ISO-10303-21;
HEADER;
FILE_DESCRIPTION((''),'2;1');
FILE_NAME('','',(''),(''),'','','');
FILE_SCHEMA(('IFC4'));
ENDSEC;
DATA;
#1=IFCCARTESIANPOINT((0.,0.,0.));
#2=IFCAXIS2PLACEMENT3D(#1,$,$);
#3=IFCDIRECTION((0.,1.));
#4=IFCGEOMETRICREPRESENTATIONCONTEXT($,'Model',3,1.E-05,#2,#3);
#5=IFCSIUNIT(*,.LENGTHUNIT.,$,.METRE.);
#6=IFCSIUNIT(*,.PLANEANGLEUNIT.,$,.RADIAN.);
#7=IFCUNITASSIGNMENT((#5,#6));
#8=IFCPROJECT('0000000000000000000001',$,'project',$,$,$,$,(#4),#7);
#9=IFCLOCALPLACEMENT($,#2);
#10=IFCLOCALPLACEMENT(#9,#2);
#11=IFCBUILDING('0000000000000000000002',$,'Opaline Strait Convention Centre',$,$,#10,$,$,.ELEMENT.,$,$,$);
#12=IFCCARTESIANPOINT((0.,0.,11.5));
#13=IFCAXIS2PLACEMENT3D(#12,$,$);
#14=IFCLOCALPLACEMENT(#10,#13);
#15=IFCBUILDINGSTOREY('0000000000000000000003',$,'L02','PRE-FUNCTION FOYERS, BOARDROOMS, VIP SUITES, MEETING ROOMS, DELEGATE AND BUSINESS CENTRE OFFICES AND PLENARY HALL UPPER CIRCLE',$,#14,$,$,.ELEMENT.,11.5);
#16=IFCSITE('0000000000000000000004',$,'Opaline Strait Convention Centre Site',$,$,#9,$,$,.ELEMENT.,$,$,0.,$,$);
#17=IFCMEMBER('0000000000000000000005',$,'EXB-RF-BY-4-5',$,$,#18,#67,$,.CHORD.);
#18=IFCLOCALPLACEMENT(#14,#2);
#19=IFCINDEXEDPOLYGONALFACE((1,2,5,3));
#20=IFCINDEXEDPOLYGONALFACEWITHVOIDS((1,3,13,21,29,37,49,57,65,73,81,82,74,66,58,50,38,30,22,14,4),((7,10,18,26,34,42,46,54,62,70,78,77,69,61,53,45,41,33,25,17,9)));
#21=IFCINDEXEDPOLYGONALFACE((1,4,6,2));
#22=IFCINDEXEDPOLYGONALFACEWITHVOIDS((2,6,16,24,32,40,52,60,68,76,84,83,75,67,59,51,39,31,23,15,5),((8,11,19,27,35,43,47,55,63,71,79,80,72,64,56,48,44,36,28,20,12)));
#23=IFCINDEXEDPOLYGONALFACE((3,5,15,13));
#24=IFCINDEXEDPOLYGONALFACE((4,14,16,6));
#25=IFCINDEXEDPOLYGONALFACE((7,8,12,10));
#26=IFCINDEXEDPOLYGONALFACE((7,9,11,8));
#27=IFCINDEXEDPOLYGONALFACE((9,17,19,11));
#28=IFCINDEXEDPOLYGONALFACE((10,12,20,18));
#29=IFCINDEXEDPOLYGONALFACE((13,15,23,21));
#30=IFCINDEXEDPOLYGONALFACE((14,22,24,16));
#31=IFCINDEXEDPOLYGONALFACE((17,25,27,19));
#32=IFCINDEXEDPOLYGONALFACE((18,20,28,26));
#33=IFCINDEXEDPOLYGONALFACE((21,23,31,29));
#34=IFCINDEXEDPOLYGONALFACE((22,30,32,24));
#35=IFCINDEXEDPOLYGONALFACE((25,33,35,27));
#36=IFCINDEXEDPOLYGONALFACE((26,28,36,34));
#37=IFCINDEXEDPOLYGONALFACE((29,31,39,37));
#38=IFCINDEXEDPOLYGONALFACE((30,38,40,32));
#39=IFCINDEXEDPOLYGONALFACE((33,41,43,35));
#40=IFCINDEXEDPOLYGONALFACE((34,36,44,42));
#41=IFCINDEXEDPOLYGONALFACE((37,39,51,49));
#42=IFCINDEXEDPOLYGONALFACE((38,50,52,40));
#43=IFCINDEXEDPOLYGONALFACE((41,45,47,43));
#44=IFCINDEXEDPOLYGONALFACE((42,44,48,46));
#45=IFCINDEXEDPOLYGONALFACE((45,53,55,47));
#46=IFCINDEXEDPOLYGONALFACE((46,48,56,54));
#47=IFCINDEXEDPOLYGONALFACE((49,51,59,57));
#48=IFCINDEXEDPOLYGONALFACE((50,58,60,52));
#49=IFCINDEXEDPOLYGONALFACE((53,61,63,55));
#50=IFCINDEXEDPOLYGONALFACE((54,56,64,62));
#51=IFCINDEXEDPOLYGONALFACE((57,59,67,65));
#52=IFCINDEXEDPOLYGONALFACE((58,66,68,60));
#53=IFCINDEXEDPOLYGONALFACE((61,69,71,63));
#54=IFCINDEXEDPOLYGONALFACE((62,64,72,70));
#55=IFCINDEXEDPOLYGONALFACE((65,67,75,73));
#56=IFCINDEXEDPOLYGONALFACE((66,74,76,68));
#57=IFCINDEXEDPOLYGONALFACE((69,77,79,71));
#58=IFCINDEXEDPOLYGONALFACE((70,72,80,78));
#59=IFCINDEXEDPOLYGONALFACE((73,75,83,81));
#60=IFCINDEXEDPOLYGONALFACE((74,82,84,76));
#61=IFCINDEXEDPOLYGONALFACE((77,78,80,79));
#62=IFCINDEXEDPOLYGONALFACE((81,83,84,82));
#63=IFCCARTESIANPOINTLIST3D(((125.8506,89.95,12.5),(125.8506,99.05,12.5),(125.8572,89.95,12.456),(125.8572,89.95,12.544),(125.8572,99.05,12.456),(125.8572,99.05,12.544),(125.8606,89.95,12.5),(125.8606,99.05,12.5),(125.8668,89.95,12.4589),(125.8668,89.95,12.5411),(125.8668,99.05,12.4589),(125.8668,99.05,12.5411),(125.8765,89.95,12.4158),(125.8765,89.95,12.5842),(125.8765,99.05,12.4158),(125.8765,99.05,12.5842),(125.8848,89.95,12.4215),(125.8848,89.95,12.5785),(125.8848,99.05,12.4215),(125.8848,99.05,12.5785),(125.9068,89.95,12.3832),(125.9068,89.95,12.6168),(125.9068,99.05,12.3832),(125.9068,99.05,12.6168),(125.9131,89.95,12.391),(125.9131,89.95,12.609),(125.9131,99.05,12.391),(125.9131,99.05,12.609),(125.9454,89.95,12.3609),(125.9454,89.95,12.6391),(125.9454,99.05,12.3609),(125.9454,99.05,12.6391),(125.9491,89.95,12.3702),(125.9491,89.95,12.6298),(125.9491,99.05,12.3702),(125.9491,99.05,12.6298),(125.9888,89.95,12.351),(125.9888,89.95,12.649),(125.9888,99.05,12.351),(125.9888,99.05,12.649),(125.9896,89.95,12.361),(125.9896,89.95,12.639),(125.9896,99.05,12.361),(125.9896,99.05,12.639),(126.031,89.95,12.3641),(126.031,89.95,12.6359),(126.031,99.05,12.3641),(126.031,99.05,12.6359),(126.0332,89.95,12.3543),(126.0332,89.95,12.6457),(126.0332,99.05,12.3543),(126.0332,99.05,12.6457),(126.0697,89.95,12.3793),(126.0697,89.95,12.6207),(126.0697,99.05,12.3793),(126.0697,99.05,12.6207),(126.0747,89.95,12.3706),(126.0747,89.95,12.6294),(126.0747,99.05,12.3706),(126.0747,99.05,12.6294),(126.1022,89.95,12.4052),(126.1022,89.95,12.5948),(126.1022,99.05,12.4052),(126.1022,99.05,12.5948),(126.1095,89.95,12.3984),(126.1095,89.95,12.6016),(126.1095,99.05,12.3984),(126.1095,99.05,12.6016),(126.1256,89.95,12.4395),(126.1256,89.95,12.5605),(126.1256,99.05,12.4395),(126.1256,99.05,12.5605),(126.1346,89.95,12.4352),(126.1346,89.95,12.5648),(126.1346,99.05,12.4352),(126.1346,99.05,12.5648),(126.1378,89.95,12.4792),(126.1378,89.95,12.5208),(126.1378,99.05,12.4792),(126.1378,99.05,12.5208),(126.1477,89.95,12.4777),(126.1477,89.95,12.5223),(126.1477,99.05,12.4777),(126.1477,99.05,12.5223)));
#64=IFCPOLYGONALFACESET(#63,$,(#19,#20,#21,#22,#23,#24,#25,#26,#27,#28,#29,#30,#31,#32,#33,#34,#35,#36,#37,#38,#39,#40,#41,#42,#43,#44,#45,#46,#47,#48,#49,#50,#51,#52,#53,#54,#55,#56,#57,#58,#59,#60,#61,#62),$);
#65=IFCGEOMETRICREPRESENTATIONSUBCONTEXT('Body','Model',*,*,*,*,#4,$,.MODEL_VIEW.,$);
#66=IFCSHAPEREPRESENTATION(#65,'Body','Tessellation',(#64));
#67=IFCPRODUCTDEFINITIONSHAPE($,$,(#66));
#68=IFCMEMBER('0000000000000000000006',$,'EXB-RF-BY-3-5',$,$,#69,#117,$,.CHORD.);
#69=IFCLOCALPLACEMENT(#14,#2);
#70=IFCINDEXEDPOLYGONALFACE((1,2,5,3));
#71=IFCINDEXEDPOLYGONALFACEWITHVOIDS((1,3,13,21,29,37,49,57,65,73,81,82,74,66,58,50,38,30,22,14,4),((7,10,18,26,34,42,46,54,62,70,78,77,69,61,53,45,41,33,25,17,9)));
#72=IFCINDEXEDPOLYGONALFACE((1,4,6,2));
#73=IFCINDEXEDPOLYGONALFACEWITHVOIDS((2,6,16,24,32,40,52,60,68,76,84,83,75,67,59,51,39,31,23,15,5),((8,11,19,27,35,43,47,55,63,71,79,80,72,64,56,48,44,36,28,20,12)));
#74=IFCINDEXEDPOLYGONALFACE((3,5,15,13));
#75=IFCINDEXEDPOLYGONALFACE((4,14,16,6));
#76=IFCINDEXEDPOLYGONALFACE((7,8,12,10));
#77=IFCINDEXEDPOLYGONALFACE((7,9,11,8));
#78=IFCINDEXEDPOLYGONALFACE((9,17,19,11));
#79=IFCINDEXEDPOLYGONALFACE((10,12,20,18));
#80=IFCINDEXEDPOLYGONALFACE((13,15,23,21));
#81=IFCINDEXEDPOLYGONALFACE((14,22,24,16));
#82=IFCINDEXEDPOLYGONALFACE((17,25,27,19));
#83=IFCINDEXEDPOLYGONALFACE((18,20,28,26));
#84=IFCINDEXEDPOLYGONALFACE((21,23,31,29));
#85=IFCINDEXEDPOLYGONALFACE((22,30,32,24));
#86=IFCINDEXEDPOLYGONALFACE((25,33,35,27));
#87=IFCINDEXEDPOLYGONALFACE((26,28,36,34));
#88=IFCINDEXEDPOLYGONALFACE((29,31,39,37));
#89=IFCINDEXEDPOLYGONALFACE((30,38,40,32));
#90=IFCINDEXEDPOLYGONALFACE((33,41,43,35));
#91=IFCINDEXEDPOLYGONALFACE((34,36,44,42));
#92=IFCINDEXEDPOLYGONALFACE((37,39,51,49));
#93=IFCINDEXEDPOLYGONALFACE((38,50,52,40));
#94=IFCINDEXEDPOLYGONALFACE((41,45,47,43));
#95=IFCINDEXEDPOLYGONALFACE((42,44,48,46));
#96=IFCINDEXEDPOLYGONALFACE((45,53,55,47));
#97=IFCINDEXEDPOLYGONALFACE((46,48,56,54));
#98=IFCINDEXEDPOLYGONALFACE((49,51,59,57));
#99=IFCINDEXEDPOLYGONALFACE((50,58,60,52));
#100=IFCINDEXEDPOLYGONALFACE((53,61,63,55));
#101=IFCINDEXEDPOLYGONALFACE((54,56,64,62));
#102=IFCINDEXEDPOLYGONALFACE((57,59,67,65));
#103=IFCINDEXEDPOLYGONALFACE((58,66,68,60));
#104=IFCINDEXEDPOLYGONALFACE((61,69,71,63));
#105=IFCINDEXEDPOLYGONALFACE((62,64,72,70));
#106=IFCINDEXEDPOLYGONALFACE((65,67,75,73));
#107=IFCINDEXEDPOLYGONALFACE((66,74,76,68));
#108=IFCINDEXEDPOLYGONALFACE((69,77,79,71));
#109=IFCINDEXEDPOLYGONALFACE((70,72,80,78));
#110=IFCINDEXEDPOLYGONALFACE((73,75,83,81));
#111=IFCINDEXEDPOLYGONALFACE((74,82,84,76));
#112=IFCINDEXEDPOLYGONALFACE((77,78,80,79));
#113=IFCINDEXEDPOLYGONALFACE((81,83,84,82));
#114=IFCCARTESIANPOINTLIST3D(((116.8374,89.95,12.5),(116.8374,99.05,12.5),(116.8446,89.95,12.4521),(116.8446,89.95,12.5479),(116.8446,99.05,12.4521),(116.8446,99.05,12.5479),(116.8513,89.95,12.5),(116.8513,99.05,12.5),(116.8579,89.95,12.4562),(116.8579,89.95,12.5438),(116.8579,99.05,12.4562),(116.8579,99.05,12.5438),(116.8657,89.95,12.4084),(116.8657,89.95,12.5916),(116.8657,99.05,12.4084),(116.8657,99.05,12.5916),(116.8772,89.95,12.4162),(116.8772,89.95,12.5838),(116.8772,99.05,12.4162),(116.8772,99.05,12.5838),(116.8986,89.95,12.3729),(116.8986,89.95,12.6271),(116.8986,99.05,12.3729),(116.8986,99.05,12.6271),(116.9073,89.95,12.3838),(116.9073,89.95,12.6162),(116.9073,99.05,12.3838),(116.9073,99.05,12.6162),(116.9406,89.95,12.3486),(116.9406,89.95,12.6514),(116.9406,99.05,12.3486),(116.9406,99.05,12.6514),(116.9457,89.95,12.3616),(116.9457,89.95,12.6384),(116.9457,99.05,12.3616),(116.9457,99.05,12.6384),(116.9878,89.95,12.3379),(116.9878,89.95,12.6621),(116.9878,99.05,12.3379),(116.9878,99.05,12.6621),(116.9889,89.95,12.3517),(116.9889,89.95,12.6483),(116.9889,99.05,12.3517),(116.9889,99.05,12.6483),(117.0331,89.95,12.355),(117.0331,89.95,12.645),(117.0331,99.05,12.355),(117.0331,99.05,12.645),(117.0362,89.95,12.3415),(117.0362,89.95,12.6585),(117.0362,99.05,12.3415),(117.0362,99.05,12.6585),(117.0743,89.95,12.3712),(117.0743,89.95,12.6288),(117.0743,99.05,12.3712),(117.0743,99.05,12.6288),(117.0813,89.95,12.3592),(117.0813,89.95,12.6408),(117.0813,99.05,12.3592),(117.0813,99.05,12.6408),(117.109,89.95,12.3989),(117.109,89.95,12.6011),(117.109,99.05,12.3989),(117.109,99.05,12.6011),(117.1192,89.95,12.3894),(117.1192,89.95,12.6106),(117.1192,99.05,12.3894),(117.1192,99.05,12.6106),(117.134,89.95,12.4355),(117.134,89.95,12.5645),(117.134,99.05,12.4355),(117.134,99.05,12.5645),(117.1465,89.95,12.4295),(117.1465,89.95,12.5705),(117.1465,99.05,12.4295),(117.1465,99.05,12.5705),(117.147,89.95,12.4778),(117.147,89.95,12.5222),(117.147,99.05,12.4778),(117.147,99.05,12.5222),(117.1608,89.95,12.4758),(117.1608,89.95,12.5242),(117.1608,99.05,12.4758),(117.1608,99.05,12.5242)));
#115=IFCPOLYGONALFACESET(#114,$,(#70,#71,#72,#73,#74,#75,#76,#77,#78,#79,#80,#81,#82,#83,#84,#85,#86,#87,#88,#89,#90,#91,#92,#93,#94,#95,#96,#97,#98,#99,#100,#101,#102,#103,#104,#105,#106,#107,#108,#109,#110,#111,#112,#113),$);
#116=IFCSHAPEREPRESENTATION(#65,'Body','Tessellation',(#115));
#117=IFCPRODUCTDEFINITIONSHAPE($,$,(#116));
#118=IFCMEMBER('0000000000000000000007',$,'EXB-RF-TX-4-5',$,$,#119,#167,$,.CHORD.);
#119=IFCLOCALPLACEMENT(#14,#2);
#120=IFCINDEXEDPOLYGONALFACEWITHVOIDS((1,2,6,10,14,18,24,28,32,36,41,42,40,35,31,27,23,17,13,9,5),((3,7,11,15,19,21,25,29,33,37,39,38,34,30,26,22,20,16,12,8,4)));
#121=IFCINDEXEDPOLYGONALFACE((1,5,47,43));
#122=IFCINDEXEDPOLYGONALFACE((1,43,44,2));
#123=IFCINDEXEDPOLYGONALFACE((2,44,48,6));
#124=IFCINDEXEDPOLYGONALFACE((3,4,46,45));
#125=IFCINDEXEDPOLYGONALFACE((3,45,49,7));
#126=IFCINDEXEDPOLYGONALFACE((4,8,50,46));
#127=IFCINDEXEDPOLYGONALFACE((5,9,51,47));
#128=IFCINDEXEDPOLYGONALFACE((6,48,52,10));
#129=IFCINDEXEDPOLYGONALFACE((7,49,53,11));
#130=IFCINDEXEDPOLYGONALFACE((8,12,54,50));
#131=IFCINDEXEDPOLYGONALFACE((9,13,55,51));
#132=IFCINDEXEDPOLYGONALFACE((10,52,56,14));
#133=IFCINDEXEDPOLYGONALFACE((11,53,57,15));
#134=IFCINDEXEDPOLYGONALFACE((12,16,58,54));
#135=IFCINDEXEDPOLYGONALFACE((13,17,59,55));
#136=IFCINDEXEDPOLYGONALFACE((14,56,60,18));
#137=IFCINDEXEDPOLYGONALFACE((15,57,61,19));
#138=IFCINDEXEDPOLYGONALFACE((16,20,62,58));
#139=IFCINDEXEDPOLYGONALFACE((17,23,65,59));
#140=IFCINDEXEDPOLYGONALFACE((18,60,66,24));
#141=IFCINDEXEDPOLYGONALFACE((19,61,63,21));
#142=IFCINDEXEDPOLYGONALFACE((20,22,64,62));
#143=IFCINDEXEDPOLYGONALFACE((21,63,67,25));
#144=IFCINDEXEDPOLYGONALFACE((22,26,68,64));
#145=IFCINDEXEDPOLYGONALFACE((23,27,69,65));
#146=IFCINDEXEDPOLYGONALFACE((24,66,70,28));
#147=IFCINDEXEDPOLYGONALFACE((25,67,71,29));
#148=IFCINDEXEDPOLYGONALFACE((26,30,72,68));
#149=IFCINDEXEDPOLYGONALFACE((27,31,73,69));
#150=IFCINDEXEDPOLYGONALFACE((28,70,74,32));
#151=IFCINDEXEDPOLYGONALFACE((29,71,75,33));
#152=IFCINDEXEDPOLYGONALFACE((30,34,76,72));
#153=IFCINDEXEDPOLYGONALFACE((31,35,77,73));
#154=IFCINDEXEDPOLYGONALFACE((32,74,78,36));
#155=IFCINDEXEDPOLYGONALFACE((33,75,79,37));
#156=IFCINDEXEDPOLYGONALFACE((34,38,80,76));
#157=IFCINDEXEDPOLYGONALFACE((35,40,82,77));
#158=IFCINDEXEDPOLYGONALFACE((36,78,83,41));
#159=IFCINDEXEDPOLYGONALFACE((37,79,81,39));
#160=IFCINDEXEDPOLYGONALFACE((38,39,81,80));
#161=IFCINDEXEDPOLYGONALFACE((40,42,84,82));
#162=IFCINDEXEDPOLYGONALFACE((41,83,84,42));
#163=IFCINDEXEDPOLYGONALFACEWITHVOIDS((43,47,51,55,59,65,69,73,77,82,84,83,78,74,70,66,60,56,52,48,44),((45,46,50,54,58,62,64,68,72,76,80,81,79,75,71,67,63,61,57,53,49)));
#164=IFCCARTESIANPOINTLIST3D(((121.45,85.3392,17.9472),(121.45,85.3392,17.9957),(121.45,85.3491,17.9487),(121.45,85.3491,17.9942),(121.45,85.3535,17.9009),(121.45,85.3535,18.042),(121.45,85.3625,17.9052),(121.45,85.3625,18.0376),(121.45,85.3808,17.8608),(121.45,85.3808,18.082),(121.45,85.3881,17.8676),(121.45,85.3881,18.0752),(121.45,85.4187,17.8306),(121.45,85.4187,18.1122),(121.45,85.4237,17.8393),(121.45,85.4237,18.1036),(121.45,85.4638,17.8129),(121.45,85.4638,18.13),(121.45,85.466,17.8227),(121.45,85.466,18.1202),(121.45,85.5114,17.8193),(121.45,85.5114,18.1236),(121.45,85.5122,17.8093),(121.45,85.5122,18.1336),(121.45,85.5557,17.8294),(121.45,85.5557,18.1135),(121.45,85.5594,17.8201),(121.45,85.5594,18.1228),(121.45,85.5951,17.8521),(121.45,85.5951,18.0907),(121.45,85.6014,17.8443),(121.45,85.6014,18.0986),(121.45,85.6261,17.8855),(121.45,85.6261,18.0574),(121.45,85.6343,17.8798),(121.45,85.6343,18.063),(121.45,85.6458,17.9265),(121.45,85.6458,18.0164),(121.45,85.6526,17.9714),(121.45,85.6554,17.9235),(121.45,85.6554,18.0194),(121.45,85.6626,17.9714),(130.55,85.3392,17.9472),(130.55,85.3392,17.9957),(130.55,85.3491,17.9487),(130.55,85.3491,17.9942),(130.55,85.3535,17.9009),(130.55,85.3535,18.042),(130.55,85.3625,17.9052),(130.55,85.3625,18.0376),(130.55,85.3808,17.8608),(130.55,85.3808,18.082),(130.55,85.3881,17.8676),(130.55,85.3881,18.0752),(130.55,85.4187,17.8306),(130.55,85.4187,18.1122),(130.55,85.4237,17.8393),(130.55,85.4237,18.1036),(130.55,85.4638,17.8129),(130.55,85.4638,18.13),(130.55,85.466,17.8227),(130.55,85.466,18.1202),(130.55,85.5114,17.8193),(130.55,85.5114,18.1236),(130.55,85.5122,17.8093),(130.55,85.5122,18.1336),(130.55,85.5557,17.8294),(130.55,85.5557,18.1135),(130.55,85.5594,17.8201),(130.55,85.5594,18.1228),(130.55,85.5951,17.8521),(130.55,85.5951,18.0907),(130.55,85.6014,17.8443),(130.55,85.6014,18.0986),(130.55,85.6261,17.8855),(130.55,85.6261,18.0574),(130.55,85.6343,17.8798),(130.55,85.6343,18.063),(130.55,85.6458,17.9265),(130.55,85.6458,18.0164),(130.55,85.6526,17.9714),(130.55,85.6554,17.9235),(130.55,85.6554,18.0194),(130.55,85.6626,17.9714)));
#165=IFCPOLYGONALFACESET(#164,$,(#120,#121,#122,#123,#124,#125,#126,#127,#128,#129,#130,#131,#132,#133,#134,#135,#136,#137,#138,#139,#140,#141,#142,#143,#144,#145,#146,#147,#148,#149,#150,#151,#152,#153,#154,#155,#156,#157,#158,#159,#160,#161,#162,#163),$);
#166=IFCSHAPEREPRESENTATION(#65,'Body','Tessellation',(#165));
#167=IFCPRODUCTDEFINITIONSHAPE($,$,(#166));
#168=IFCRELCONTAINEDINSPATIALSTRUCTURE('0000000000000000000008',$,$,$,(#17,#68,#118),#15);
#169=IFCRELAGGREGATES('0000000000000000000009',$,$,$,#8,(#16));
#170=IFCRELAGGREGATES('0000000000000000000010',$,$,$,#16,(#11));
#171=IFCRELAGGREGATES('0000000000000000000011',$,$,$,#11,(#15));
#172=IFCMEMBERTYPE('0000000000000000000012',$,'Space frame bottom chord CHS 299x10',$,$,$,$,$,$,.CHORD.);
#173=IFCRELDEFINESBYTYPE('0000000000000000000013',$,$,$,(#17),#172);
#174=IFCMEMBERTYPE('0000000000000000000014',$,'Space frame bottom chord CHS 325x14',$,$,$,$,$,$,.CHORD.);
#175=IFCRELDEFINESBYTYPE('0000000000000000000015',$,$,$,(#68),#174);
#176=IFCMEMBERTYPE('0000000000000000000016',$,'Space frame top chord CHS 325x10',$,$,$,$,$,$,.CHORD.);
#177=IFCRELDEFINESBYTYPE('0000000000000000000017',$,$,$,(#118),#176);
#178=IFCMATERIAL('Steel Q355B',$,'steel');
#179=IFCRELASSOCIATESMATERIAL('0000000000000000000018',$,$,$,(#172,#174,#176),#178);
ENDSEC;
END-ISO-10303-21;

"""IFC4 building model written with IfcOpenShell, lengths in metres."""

from ifc_helpers import new_model, si_unit, direction, frame, origin, origin_2d, place, context, subcontext, project, spatial, hollow_circle, extrude, material, material_profile, profile_set, type_object, element, save


model = new_model("IFC4")

# Units and contexts
model_context = context("Model", 3, precision=1e-05, world=origin(), true_north=direction((0.0, 1.0)))
body_context = subcontext(model_context, "Body", "Model", "MODEL_VIEW")
ifc_project = project(units=[si_unit("LENGTHUNIT", "METRE"), si_unit("PLANEANGLEUNIT", "RADIAN")], contexts=[model_context])

# Site, building, storey
site_placement = place(None, origin())
site = spatial("IfcSite", under=ifc_project, at=site_placement, Name="Opaline Strait Convention Centre Site", CompositionType="ELEMENT", RefElevation=0.0)
building_placement = place(site_placement, origin())
building = spatial("IfcBuilding", under=site, at=building_placement, Name="Opaline Strait Convention Centre", CompositionType="ELEMENT")
storey_placement = place(building_placement, frame((0.0, 0.0, 11.5)))
storey = spatial("IfcBuildingStorey", under=building, at=storey_placement, Name="L02", Description="PRE-FUNCTION FOYERS, BOARDROOMS, VIP SUITES, MEETING ROOMS, DELEGATE AND BUSINESS CENTRE OFFICES AND PLENARY HALL UPPER CIRCLE", CompositionType="ELEMENT", Elevation=11.5)

# Members
ifc_material = material(Name="Steel Q355B", Category="steel")
ifc_material_profile_1 = material_profile(ifc_material, hollow_circle(Radius=0.1494, WallThickness=0.01, at=origin_2d()), Name="CHS 299x10")
ifc_profile_set_1 = profile_set([ifc_material_profile_1], Name="Steel Q355B")
member_type_1 = type_object("IfcMemberType", Name="Space frame bottom chord CHS 299x10", PredefinedType="CHORD", material=ifc_profile_set_1)
for number, where, z_axis, x_axis, name in (
    (1, (126.0, 89.95, 12.5), (0.0, 1.0, 0.0), (-1.0, 0.0, 0.0), "EXB-RF-BY-4-5"),
):
    element("IfcMember", number, at=place(storey_placement, frame(where, z_axis=z_axis, x_axis=x_axis)), inside=storey, type_object=member_type_1, Name=name, PredefinedType="CHORD", context=body_context, shape_type="SweptSolid", body=[
        extrude(hollow_circle(Radius=0.1494, WallThickness=0.01, at=origin_2d()), origin(), (0.0, 0.0, 1.0), 9.1001),
    ])
ifc_material_profile_2 = material_profile(ifc_material, hollow_circle(Radius=0.1626, WallThickness=0.0139, at=origin_2d()), Name="CHS 325x14")
ifc_profile_set_2 = profile_set([ifc_material_profile_2], Name="Steel Q355B")
member_type_2 = type_object("IfcMemberType", Name="Space frame bottom chord CHS 325x14", PredefinedType="CHORD", material=ifc_profile_set_2)
member_1_placement = place(storey_placement, frame((117.0, 89.95, 12.5), z_axis=(0.0, 1.0, 0.0), x_axis=(-1.0, 0.0, 0.0)))
element("IfcMember", 2, at=member_1_placement, inside=storey, type_object=member_type_2, Name="EXB-RF-BY-3-5", PredefinedType="CHORD", context=body_context, shape_type="SweptSolid", body=[
    extrude(hollow_circle(Radius=0.1626, WallThickness=0.0139, at=origin_2d()), origin(), (0.0, 0.0, 1.0), 9.1001),
])
ifc_material_profile_3 = material_profile(ifc_material, hollow_circle(Radius=0.1626, WallThickness=0.01, at=origin_2d()), Name="CHS 325x10")
ifc_profile_set_3 = profile_set([ifc_material_profile_3], Name="Steel Q355B")
member_type_3 = type_object("IfcMemberType", Name="Space frame top chord CHS 325x10", PredefinedType="CHORD", material=ifc_profile_set_3)
for number, where, z_axis, x_axis, name in (
    (3, (121.45, 85.5, 17.9714), (1.0, 0.0, 0.0), (0.0, 1.0, 0.0), "EXB-RF-TX-4-5"),
):
    element("IfcMember", number, at=place(storey_placement, frame(where, z_axis=z_axis, x_axis=x_axis)), inside=storey, type_object=member_type_3, Name=name, PredefinedType="CHORD", context=body_context, shape_type="SweptSolid", body=[
        extrude(hollow_circle(Radius=0.1626, WallThickness=0.01, at=origin_2d()), origin(), (0.0, 0.0, 1.0), 9.1001),
    ])

save(model, "model.ifc")
